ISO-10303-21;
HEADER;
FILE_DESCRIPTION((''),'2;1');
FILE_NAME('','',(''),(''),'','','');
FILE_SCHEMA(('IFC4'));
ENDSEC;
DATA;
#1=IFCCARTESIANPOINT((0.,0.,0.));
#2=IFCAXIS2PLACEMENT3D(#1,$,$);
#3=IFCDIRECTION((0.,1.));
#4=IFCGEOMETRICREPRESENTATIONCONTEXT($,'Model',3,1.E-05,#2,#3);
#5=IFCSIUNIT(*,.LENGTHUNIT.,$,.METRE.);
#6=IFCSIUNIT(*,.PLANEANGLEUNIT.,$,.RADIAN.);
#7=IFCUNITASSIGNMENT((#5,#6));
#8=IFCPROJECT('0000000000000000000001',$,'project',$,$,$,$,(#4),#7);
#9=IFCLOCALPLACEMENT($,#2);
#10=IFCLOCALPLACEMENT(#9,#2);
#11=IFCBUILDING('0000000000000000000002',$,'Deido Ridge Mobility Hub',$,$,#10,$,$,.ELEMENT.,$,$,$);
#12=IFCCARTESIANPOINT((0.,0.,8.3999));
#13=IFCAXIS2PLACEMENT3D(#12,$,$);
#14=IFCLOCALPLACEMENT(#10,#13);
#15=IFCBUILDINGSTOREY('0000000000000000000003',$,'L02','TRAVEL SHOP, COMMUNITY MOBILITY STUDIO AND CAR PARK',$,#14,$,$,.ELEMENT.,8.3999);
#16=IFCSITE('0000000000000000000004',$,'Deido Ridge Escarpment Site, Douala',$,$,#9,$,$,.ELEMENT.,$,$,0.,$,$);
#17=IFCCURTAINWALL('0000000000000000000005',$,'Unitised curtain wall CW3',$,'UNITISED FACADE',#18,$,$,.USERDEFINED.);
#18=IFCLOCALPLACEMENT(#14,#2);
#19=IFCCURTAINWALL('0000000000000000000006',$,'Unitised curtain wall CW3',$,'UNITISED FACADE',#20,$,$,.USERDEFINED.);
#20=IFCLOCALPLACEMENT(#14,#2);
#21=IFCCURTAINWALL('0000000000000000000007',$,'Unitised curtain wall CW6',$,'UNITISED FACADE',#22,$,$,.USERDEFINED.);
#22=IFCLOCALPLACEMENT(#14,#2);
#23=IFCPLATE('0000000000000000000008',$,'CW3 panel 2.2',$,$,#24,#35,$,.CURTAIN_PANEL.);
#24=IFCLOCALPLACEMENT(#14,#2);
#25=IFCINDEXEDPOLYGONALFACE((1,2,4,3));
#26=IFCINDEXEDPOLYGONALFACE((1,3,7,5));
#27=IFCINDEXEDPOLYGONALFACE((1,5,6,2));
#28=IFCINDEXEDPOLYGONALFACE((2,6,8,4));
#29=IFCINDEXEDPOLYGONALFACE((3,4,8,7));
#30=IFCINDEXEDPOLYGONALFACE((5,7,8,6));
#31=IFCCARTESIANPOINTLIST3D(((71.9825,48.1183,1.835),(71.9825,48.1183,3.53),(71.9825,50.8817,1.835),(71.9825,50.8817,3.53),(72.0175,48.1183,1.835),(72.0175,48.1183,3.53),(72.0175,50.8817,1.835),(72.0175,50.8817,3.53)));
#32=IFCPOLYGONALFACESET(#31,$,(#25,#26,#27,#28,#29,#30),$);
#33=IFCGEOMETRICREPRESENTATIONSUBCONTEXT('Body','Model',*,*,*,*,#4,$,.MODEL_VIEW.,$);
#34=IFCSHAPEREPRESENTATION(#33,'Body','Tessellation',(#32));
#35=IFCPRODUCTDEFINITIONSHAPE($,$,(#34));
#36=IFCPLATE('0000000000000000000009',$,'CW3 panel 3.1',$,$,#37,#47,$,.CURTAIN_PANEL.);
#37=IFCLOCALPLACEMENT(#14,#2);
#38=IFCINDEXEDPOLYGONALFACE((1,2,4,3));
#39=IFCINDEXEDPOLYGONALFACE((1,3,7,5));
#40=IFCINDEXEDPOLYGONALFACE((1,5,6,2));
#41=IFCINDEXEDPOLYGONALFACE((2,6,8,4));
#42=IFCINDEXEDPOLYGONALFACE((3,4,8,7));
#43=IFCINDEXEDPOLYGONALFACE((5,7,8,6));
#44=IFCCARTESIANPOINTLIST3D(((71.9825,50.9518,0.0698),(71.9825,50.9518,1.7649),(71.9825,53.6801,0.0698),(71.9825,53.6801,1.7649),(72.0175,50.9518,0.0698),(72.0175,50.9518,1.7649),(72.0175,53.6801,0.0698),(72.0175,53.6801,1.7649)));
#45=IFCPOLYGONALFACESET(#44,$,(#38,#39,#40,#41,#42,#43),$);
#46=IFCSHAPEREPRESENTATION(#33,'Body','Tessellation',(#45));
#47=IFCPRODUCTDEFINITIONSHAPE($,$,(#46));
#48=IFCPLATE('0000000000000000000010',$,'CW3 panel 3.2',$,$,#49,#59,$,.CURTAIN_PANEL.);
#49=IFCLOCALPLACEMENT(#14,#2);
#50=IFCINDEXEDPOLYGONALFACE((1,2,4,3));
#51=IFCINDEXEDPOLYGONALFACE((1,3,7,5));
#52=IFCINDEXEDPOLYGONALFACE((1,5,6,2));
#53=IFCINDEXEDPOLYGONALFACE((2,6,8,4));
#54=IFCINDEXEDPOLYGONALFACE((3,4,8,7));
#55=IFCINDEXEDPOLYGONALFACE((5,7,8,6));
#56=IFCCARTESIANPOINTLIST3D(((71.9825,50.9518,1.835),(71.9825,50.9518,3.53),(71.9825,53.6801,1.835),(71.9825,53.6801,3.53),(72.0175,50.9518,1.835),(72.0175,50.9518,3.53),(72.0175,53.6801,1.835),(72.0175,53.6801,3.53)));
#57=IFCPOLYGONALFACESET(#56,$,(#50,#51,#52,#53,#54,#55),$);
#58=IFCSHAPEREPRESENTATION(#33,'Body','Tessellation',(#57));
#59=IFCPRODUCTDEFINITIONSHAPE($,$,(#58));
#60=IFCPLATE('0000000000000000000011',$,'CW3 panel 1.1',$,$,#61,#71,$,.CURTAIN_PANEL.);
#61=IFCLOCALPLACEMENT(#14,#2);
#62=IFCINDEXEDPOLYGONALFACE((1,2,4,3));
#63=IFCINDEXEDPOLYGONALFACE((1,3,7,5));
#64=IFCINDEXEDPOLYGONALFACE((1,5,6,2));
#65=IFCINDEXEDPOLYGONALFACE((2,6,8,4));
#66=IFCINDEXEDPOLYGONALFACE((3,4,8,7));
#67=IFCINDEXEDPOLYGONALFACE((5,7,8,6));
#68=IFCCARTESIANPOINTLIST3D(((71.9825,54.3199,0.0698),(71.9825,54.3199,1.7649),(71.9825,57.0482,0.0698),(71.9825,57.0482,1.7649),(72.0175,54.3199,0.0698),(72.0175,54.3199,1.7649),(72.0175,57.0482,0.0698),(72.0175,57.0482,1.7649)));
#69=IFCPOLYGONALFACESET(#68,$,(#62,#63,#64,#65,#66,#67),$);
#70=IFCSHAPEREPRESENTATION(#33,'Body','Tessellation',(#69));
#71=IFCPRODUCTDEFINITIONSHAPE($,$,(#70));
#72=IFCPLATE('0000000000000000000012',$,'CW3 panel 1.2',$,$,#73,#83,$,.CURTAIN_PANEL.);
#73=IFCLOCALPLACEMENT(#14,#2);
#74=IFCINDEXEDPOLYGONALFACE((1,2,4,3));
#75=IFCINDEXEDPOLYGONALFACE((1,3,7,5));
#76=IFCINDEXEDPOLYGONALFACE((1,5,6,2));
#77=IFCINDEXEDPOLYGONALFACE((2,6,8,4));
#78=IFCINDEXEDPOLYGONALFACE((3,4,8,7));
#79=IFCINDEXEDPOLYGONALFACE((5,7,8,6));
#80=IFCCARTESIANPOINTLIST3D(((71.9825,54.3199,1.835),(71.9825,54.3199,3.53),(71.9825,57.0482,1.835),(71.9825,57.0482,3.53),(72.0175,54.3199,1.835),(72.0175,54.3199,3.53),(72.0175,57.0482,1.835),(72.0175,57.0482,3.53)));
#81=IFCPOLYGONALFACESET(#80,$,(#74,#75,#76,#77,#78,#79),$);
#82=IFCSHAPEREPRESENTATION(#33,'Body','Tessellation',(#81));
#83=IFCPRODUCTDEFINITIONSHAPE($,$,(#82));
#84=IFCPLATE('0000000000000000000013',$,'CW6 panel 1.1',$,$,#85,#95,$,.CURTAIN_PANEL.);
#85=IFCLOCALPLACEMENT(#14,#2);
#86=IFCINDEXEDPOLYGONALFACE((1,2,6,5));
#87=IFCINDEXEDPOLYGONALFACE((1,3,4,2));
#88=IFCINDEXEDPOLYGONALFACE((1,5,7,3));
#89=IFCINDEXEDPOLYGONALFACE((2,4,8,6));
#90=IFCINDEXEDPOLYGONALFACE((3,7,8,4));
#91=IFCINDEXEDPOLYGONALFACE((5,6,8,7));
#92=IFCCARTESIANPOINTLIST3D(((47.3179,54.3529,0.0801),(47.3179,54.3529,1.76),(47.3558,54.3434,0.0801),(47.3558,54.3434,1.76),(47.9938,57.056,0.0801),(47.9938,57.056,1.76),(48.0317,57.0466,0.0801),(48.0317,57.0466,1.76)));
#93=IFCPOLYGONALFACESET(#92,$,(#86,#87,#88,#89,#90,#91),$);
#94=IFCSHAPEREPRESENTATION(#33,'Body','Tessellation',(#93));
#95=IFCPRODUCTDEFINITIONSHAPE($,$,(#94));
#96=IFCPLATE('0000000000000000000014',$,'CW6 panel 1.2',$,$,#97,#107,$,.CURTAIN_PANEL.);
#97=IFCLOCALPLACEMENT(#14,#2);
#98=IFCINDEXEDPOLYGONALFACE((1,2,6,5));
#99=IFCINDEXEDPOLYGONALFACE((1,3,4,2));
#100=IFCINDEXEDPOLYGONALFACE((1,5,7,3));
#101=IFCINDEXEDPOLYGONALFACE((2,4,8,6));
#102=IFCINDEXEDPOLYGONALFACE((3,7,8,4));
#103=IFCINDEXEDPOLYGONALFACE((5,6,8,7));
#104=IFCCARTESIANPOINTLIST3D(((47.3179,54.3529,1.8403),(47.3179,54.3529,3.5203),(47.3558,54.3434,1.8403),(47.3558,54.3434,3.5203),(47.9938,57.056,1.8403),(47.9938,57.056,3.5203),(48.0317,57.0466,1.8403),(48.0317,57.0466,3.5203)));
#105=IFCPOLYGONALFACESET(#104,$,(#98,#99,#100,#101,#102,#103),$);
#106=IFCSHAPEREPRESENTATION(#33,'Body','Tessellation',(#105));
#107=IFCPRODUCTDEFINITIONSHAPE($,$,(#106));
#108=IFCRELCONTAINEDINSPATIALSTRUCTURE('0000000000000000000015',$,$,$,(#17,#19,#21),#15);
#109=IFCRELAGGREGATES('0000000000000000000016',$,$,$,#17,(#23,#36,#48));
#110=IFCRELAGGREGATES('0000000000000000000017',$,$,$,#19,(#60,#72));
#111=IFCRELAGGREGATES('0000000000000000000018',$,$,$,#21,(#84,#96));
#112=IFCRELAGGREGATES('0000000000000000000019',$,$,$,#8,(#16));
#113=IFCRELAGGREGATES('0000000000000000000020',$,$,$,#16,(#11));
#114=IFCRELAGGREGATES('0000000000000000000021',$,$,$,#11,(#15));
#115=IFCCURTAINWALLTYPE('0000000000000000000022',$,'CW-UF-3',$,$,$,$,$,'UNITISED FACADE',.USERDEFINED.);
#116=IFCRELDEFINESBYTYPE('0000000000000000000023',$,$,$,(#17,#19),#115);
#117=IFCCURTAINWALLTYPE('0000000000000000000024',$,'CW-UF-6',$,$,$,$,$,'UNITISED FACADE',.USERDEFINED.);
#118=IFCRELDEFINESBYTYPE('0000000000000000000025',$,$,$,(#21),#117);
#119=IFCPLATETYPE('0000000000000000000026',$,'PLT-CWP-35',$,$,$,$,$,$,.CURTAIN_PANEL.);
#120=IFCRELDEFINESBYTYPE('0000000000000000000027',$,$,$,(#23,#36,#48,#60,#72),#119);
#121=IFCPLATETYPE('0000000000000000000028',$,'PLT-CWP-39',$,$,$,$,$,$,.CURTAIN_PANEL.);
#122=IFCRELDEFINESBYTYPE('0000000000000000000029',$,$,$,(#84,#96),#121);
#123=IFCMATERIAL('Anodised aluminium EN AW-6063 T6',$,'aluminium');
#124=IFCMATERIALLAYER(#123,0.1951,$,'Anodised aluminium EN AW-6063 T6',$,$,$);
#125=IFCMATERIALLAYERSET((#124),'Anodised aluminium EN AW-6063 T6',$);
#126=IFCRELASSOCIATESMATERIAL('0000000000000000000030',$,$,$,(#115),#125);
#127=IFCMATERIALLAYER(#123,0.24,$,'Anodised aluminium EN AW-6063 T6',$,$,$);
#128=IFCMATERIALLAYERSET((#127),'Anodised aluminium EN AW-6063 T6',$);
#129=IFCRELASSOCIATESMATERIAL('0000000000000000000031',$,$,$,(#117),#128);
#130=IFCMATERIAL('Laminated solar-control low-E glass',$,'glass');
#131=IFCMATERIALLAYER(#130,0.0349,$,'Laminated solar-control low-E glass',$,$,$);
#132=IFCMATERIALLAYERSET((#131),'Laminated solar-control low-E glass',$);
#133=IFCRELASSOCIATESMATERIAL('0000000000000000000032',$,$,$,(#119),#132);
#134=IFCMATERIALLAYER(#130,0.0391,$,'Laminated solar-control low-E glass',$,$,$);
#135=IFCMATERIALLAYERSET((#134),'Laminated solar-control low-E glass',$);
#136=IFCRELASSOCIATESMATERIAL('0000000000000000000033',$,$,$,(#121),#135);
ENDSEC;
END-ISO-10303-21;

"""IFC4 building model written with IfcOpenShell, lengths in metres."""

from ifc_helpers import new_model, si_unit, direction, frame, origin, origin_2d, place, context, subcontext, project, spatial, rectangle, extrude, material, layer, layer_set, type_object, element, aggregate, save


model = new_model("IFC4")

# Units and contexts
model_context = context("Model", 3, precision=1e-05, world=origin(), true_north=direction((0.0, 1.0)))
body_context = subcontext(model_context, "Body", "Model", "MODEL_VIEW")
ifc_project = project(units=[si_unit("LENGTHUNIT", "METRE"), si_unit("PLANEANGLEUNIT", "RADIAN")], contexts=[model_context])

# Site, building, storey
site_placement = place(None, origin())
site = spatial("IfcSite", under=ifc_project, at=site_placement, Name="Deido Ridge Escarpment Site, Douala", CompositionType="ELEMENT", RefElevation=0.0)
building_placement = place(site_placement, origin())
building = spatial("IfcBuilding", under=site, at=building_placement, Name="Deido Ridge Mobility Hub", CompositionType="ELEMENT")
storey_placement = place(building_placement, frame((0.0, 0.0, 8.3999)))
storey = spatial("IfcBuildingStorey", under=building, at=storey_placement, Name="L02", Description="TRAVEL SHOP, COMMUNITY MOBILITY STUDIO AND CAR PARK", CompositionType="ELEMENT", Elevation=8.3999)

# Curtain walls
ifc_material_1 = material(Name="Anodised aluminium EN AW-6063 T6", Category="aluminium")
ifc_layer_1 = layer(ifc_material_1, 0.1951, Name="Anodised aluminium EN AW-6063 T6")
ifc_layer_set_1 = layer_set([ifc_layer_1], Name="Anodised aluminium EN AW-6063 T6")
curtain_wall_type_1 = type_object("IfcCurtainWallType", Name="CW-UF-3", ElementType="UNITISED FACADE", PredefinedType="USERDEFINED", material=ifc_layer_set_1)
curtain_wall_1_placement = place(storey_placement, origin())
curtain_wall_1 = element("IfcCurtainWall", 1, at=curtain_wall_1_placement, inside=storey, type_object=curtain_wall_type_1, Name="Unitised curtain wall CW3", ObjectType="UNITISED FACADE", PredefinedType="USERDEFINED")
curtain_wall_2_placement = place(storey_placement, origin())
curtain_wall_2 = element("IfcCurtainWall", 2, at=curtain_wall_2_placement, inside=storey, type_object=curtain_wall_type_1, Name="Unitised curtain wall CW3", ObjectType="UNITISED FACADE", PredefinedType="USERDEFINED")

# Curtain wall
ifc_layer_2 = layer(ifc_material_1, 0.24, Name="Anodised aluminium EN AW-6063 T6")
ifc_layer_set_2 = layer_set([ifc_layer_2], Name="Anodised aluminium EN AW-6063 T6")
curtain_wall_type_2 = type_object("IfcCurtainWallType", Name="CW-UF-6", ElementType="UNITISED FACADE", PredefinedType="USERDEFINED", material=ifc_layer_set_2)
curtain_wall_3_placement = place(storey_placement, origin())
curtain_wall_3 = element("IfcCurtainWall", 3, at=curtain_wall_3_placement, inside=storey, type_object=curtain_wall_type_2, Name="Unitised curtain wall CW6", ObjectType="UNITISED FACADE", PredefinedType="USERDEFINED")

# Plates
ifc_material_2 = material(Name="Laminated solar-control low-E glass", Category="glass")
ifc_layer_3 = layer(ifc_material_2, 0.0349, Name="Laminated solar-control low-E glass")
ifc_layer_set_3 = layer_set([ifc_layer_3], Name="Laminated solar-control low-E glass")
plate_type_1 = type_object("IfcPlateType", Name="PLT-CWP-35", PredefinedType="CURTAIN_PANEL", material=ifc_layer_set_3)
plate_1_placement = place(storey_placement, frame((72.0, 49.5, 1.835), z_axis=(0.0, 0.0, 1.0), x_axis=(0.0, 1.0, 0.0)))
plate_1 = element("IfcPlate", 4, at=plate_1_placement, type_object=plate_type_1, Name="CW3 panel 2.2", PredefinedType="CURTAIN_PANEL", context=body_context, shape_type="SweptSolid", body=[
    extrude(rectangle(XDim=2.7634, YDim=0.0349, at=origin_2d()), origin(), (0.0, 0.0, 1.0), 1.6951),
])
plate_2_placement = place(storey_placement, frame((72.0, 52.3159, 0.0698), z_axis=(0.0, 0.0, 1.0), x_axis=(0.0, 1.0, 0.0)))
plate_2 = element("IfcPlate", 5, at=plate_2_placement, type_object=plate_type_1, Name="CW3 panel 3.1", PredefinedType="CURTAIN_PANEL", context=body_context, shape_type="SweptSolid", body=[
    extrude(rectangle(XDim=2.7283, YDim=0.0349, at=origin_2d()), origin(), (0.0, 0.0, 1.0), 1.6951),
])
plate_3_placement = place(storey_placement, frame((72.0, 52.3159, 1.835), z_axis=(0.0, 0.0, 1.0), x_axis=(0.0, 1.0, 0.0)))
plate_3 = element("IfcPlate", 6, at=plate_3_placement, type_object=plate_type_1, Name="CW3 panel 3.2", PredefinedType="CURTAIN_PANEL", context=body_context, shape_type="SweptSolid", body=[
    extrude(rectangle(XDim=2.7283, YDim=0.0349, at=origin_2d()), origin(), (0.0, 0.0, 1.0), 1.6951),
])
aggregate(curtain_wall_1, [plate_1, plate_2, plate_3])
plate_4_placement = place(storey_placement, frame((72.0, 55.6841, 0.0698), z_axis=(0.0, 0.0, 1.0), x_axis=(0.0, 1.0, 0.0)))
plate_4 = element("IfcPlate", 7, at=plate_4_placement, type_object=plate_type_1, Name="CW3 panel 1.1", PredefinedType="CURTAIN_PANEL", context=body_context, shape_type="SweptSolid", body=[
    extrude(rectangle(XDim=2.7283, YDim=0.0349, at=origin_2d()), origin(), (0.0, 0.0, 1.0), 1.6951),
])
plate_5_placement = place(storey_placement, frame((72.0, 55.6841, 1.835), z_axis=(0.0, 0.0, 1.0), x_axis=(0.0, 1.0, 0.0)))
plate_5 = element("IfcPlate", 8, at=plate_5_placement, type_object=plate_type_1, Name="CW3 panel 1.2", PredefinedType="CURTAIN_PANEL", context=body_context, shape_type="SweptSolid", body=[
    extrude(rectangle(XDim=2.7283, YDim=0.0349, at=origin_2d()), origin(), (0.0, 0.0, 1.0), 1.6951),
])
aggregate(curtain_wall_2, [plate_4, plate_5])
ifc_layer_4 = layer(ifc_material_2, 0.0391, Name="Laminated solar-control low-E glass")
ifc_layer_set_4 = layer_set([ifc_layer_4], Name="Laminated solar-control low-E glass")
plate_type_2 = type_object("IfcPlateType", Name="PLT-CWP-39", PredefinedType="CURTAIN_PANEL", material=ifc_layer_set_4)
plate_6_placement = place(storey_placement, frame((47.6748, 55.6997, 0.0801), z_axis=(0.0, 0.0, 1.0), x_axis=(0.242546, 0.97014, 0.0)))
plate_6 = element("IfcPlate", 9, at=plate_6_placement, type_object=plate_type_2, Name="CW6 panel 1.1", PredefinedType="CURTAIN_PANEL", context=body_context, shape_type="SweptSolid", body=[
    extrude(rectangle(XDim=2.7864, YDim=0.0391, at=origin_2d()), origin(), (0.0, 0.0, 1.0), 1.6799),
])
plate_7_placement = place(storey_placement, frame((47.6748, 55.6997, 1.8403), z_axis=(0.0, 0.0, 1.0), x_axis=(0.242546, 0.97014, 0.0)))
plate_7 = element("IfcPlate", 10, at=plate_7_placement, type_object=plate_type_2, Name="CW6 panel 1.2", PredefinedType="CURTAIN_PANEL", context=body_context, shape_type="SweptSolid", body=[
    extrude(rectangle(XDim=2.7864, YDim=0.0391, at=origin_2d()), origin(), (0.0, 0.0, 1.0), 1.6799),
])
aggregate(curtain_wall_3, [plate_6, plate_7])

save(model, "model.ifc")
